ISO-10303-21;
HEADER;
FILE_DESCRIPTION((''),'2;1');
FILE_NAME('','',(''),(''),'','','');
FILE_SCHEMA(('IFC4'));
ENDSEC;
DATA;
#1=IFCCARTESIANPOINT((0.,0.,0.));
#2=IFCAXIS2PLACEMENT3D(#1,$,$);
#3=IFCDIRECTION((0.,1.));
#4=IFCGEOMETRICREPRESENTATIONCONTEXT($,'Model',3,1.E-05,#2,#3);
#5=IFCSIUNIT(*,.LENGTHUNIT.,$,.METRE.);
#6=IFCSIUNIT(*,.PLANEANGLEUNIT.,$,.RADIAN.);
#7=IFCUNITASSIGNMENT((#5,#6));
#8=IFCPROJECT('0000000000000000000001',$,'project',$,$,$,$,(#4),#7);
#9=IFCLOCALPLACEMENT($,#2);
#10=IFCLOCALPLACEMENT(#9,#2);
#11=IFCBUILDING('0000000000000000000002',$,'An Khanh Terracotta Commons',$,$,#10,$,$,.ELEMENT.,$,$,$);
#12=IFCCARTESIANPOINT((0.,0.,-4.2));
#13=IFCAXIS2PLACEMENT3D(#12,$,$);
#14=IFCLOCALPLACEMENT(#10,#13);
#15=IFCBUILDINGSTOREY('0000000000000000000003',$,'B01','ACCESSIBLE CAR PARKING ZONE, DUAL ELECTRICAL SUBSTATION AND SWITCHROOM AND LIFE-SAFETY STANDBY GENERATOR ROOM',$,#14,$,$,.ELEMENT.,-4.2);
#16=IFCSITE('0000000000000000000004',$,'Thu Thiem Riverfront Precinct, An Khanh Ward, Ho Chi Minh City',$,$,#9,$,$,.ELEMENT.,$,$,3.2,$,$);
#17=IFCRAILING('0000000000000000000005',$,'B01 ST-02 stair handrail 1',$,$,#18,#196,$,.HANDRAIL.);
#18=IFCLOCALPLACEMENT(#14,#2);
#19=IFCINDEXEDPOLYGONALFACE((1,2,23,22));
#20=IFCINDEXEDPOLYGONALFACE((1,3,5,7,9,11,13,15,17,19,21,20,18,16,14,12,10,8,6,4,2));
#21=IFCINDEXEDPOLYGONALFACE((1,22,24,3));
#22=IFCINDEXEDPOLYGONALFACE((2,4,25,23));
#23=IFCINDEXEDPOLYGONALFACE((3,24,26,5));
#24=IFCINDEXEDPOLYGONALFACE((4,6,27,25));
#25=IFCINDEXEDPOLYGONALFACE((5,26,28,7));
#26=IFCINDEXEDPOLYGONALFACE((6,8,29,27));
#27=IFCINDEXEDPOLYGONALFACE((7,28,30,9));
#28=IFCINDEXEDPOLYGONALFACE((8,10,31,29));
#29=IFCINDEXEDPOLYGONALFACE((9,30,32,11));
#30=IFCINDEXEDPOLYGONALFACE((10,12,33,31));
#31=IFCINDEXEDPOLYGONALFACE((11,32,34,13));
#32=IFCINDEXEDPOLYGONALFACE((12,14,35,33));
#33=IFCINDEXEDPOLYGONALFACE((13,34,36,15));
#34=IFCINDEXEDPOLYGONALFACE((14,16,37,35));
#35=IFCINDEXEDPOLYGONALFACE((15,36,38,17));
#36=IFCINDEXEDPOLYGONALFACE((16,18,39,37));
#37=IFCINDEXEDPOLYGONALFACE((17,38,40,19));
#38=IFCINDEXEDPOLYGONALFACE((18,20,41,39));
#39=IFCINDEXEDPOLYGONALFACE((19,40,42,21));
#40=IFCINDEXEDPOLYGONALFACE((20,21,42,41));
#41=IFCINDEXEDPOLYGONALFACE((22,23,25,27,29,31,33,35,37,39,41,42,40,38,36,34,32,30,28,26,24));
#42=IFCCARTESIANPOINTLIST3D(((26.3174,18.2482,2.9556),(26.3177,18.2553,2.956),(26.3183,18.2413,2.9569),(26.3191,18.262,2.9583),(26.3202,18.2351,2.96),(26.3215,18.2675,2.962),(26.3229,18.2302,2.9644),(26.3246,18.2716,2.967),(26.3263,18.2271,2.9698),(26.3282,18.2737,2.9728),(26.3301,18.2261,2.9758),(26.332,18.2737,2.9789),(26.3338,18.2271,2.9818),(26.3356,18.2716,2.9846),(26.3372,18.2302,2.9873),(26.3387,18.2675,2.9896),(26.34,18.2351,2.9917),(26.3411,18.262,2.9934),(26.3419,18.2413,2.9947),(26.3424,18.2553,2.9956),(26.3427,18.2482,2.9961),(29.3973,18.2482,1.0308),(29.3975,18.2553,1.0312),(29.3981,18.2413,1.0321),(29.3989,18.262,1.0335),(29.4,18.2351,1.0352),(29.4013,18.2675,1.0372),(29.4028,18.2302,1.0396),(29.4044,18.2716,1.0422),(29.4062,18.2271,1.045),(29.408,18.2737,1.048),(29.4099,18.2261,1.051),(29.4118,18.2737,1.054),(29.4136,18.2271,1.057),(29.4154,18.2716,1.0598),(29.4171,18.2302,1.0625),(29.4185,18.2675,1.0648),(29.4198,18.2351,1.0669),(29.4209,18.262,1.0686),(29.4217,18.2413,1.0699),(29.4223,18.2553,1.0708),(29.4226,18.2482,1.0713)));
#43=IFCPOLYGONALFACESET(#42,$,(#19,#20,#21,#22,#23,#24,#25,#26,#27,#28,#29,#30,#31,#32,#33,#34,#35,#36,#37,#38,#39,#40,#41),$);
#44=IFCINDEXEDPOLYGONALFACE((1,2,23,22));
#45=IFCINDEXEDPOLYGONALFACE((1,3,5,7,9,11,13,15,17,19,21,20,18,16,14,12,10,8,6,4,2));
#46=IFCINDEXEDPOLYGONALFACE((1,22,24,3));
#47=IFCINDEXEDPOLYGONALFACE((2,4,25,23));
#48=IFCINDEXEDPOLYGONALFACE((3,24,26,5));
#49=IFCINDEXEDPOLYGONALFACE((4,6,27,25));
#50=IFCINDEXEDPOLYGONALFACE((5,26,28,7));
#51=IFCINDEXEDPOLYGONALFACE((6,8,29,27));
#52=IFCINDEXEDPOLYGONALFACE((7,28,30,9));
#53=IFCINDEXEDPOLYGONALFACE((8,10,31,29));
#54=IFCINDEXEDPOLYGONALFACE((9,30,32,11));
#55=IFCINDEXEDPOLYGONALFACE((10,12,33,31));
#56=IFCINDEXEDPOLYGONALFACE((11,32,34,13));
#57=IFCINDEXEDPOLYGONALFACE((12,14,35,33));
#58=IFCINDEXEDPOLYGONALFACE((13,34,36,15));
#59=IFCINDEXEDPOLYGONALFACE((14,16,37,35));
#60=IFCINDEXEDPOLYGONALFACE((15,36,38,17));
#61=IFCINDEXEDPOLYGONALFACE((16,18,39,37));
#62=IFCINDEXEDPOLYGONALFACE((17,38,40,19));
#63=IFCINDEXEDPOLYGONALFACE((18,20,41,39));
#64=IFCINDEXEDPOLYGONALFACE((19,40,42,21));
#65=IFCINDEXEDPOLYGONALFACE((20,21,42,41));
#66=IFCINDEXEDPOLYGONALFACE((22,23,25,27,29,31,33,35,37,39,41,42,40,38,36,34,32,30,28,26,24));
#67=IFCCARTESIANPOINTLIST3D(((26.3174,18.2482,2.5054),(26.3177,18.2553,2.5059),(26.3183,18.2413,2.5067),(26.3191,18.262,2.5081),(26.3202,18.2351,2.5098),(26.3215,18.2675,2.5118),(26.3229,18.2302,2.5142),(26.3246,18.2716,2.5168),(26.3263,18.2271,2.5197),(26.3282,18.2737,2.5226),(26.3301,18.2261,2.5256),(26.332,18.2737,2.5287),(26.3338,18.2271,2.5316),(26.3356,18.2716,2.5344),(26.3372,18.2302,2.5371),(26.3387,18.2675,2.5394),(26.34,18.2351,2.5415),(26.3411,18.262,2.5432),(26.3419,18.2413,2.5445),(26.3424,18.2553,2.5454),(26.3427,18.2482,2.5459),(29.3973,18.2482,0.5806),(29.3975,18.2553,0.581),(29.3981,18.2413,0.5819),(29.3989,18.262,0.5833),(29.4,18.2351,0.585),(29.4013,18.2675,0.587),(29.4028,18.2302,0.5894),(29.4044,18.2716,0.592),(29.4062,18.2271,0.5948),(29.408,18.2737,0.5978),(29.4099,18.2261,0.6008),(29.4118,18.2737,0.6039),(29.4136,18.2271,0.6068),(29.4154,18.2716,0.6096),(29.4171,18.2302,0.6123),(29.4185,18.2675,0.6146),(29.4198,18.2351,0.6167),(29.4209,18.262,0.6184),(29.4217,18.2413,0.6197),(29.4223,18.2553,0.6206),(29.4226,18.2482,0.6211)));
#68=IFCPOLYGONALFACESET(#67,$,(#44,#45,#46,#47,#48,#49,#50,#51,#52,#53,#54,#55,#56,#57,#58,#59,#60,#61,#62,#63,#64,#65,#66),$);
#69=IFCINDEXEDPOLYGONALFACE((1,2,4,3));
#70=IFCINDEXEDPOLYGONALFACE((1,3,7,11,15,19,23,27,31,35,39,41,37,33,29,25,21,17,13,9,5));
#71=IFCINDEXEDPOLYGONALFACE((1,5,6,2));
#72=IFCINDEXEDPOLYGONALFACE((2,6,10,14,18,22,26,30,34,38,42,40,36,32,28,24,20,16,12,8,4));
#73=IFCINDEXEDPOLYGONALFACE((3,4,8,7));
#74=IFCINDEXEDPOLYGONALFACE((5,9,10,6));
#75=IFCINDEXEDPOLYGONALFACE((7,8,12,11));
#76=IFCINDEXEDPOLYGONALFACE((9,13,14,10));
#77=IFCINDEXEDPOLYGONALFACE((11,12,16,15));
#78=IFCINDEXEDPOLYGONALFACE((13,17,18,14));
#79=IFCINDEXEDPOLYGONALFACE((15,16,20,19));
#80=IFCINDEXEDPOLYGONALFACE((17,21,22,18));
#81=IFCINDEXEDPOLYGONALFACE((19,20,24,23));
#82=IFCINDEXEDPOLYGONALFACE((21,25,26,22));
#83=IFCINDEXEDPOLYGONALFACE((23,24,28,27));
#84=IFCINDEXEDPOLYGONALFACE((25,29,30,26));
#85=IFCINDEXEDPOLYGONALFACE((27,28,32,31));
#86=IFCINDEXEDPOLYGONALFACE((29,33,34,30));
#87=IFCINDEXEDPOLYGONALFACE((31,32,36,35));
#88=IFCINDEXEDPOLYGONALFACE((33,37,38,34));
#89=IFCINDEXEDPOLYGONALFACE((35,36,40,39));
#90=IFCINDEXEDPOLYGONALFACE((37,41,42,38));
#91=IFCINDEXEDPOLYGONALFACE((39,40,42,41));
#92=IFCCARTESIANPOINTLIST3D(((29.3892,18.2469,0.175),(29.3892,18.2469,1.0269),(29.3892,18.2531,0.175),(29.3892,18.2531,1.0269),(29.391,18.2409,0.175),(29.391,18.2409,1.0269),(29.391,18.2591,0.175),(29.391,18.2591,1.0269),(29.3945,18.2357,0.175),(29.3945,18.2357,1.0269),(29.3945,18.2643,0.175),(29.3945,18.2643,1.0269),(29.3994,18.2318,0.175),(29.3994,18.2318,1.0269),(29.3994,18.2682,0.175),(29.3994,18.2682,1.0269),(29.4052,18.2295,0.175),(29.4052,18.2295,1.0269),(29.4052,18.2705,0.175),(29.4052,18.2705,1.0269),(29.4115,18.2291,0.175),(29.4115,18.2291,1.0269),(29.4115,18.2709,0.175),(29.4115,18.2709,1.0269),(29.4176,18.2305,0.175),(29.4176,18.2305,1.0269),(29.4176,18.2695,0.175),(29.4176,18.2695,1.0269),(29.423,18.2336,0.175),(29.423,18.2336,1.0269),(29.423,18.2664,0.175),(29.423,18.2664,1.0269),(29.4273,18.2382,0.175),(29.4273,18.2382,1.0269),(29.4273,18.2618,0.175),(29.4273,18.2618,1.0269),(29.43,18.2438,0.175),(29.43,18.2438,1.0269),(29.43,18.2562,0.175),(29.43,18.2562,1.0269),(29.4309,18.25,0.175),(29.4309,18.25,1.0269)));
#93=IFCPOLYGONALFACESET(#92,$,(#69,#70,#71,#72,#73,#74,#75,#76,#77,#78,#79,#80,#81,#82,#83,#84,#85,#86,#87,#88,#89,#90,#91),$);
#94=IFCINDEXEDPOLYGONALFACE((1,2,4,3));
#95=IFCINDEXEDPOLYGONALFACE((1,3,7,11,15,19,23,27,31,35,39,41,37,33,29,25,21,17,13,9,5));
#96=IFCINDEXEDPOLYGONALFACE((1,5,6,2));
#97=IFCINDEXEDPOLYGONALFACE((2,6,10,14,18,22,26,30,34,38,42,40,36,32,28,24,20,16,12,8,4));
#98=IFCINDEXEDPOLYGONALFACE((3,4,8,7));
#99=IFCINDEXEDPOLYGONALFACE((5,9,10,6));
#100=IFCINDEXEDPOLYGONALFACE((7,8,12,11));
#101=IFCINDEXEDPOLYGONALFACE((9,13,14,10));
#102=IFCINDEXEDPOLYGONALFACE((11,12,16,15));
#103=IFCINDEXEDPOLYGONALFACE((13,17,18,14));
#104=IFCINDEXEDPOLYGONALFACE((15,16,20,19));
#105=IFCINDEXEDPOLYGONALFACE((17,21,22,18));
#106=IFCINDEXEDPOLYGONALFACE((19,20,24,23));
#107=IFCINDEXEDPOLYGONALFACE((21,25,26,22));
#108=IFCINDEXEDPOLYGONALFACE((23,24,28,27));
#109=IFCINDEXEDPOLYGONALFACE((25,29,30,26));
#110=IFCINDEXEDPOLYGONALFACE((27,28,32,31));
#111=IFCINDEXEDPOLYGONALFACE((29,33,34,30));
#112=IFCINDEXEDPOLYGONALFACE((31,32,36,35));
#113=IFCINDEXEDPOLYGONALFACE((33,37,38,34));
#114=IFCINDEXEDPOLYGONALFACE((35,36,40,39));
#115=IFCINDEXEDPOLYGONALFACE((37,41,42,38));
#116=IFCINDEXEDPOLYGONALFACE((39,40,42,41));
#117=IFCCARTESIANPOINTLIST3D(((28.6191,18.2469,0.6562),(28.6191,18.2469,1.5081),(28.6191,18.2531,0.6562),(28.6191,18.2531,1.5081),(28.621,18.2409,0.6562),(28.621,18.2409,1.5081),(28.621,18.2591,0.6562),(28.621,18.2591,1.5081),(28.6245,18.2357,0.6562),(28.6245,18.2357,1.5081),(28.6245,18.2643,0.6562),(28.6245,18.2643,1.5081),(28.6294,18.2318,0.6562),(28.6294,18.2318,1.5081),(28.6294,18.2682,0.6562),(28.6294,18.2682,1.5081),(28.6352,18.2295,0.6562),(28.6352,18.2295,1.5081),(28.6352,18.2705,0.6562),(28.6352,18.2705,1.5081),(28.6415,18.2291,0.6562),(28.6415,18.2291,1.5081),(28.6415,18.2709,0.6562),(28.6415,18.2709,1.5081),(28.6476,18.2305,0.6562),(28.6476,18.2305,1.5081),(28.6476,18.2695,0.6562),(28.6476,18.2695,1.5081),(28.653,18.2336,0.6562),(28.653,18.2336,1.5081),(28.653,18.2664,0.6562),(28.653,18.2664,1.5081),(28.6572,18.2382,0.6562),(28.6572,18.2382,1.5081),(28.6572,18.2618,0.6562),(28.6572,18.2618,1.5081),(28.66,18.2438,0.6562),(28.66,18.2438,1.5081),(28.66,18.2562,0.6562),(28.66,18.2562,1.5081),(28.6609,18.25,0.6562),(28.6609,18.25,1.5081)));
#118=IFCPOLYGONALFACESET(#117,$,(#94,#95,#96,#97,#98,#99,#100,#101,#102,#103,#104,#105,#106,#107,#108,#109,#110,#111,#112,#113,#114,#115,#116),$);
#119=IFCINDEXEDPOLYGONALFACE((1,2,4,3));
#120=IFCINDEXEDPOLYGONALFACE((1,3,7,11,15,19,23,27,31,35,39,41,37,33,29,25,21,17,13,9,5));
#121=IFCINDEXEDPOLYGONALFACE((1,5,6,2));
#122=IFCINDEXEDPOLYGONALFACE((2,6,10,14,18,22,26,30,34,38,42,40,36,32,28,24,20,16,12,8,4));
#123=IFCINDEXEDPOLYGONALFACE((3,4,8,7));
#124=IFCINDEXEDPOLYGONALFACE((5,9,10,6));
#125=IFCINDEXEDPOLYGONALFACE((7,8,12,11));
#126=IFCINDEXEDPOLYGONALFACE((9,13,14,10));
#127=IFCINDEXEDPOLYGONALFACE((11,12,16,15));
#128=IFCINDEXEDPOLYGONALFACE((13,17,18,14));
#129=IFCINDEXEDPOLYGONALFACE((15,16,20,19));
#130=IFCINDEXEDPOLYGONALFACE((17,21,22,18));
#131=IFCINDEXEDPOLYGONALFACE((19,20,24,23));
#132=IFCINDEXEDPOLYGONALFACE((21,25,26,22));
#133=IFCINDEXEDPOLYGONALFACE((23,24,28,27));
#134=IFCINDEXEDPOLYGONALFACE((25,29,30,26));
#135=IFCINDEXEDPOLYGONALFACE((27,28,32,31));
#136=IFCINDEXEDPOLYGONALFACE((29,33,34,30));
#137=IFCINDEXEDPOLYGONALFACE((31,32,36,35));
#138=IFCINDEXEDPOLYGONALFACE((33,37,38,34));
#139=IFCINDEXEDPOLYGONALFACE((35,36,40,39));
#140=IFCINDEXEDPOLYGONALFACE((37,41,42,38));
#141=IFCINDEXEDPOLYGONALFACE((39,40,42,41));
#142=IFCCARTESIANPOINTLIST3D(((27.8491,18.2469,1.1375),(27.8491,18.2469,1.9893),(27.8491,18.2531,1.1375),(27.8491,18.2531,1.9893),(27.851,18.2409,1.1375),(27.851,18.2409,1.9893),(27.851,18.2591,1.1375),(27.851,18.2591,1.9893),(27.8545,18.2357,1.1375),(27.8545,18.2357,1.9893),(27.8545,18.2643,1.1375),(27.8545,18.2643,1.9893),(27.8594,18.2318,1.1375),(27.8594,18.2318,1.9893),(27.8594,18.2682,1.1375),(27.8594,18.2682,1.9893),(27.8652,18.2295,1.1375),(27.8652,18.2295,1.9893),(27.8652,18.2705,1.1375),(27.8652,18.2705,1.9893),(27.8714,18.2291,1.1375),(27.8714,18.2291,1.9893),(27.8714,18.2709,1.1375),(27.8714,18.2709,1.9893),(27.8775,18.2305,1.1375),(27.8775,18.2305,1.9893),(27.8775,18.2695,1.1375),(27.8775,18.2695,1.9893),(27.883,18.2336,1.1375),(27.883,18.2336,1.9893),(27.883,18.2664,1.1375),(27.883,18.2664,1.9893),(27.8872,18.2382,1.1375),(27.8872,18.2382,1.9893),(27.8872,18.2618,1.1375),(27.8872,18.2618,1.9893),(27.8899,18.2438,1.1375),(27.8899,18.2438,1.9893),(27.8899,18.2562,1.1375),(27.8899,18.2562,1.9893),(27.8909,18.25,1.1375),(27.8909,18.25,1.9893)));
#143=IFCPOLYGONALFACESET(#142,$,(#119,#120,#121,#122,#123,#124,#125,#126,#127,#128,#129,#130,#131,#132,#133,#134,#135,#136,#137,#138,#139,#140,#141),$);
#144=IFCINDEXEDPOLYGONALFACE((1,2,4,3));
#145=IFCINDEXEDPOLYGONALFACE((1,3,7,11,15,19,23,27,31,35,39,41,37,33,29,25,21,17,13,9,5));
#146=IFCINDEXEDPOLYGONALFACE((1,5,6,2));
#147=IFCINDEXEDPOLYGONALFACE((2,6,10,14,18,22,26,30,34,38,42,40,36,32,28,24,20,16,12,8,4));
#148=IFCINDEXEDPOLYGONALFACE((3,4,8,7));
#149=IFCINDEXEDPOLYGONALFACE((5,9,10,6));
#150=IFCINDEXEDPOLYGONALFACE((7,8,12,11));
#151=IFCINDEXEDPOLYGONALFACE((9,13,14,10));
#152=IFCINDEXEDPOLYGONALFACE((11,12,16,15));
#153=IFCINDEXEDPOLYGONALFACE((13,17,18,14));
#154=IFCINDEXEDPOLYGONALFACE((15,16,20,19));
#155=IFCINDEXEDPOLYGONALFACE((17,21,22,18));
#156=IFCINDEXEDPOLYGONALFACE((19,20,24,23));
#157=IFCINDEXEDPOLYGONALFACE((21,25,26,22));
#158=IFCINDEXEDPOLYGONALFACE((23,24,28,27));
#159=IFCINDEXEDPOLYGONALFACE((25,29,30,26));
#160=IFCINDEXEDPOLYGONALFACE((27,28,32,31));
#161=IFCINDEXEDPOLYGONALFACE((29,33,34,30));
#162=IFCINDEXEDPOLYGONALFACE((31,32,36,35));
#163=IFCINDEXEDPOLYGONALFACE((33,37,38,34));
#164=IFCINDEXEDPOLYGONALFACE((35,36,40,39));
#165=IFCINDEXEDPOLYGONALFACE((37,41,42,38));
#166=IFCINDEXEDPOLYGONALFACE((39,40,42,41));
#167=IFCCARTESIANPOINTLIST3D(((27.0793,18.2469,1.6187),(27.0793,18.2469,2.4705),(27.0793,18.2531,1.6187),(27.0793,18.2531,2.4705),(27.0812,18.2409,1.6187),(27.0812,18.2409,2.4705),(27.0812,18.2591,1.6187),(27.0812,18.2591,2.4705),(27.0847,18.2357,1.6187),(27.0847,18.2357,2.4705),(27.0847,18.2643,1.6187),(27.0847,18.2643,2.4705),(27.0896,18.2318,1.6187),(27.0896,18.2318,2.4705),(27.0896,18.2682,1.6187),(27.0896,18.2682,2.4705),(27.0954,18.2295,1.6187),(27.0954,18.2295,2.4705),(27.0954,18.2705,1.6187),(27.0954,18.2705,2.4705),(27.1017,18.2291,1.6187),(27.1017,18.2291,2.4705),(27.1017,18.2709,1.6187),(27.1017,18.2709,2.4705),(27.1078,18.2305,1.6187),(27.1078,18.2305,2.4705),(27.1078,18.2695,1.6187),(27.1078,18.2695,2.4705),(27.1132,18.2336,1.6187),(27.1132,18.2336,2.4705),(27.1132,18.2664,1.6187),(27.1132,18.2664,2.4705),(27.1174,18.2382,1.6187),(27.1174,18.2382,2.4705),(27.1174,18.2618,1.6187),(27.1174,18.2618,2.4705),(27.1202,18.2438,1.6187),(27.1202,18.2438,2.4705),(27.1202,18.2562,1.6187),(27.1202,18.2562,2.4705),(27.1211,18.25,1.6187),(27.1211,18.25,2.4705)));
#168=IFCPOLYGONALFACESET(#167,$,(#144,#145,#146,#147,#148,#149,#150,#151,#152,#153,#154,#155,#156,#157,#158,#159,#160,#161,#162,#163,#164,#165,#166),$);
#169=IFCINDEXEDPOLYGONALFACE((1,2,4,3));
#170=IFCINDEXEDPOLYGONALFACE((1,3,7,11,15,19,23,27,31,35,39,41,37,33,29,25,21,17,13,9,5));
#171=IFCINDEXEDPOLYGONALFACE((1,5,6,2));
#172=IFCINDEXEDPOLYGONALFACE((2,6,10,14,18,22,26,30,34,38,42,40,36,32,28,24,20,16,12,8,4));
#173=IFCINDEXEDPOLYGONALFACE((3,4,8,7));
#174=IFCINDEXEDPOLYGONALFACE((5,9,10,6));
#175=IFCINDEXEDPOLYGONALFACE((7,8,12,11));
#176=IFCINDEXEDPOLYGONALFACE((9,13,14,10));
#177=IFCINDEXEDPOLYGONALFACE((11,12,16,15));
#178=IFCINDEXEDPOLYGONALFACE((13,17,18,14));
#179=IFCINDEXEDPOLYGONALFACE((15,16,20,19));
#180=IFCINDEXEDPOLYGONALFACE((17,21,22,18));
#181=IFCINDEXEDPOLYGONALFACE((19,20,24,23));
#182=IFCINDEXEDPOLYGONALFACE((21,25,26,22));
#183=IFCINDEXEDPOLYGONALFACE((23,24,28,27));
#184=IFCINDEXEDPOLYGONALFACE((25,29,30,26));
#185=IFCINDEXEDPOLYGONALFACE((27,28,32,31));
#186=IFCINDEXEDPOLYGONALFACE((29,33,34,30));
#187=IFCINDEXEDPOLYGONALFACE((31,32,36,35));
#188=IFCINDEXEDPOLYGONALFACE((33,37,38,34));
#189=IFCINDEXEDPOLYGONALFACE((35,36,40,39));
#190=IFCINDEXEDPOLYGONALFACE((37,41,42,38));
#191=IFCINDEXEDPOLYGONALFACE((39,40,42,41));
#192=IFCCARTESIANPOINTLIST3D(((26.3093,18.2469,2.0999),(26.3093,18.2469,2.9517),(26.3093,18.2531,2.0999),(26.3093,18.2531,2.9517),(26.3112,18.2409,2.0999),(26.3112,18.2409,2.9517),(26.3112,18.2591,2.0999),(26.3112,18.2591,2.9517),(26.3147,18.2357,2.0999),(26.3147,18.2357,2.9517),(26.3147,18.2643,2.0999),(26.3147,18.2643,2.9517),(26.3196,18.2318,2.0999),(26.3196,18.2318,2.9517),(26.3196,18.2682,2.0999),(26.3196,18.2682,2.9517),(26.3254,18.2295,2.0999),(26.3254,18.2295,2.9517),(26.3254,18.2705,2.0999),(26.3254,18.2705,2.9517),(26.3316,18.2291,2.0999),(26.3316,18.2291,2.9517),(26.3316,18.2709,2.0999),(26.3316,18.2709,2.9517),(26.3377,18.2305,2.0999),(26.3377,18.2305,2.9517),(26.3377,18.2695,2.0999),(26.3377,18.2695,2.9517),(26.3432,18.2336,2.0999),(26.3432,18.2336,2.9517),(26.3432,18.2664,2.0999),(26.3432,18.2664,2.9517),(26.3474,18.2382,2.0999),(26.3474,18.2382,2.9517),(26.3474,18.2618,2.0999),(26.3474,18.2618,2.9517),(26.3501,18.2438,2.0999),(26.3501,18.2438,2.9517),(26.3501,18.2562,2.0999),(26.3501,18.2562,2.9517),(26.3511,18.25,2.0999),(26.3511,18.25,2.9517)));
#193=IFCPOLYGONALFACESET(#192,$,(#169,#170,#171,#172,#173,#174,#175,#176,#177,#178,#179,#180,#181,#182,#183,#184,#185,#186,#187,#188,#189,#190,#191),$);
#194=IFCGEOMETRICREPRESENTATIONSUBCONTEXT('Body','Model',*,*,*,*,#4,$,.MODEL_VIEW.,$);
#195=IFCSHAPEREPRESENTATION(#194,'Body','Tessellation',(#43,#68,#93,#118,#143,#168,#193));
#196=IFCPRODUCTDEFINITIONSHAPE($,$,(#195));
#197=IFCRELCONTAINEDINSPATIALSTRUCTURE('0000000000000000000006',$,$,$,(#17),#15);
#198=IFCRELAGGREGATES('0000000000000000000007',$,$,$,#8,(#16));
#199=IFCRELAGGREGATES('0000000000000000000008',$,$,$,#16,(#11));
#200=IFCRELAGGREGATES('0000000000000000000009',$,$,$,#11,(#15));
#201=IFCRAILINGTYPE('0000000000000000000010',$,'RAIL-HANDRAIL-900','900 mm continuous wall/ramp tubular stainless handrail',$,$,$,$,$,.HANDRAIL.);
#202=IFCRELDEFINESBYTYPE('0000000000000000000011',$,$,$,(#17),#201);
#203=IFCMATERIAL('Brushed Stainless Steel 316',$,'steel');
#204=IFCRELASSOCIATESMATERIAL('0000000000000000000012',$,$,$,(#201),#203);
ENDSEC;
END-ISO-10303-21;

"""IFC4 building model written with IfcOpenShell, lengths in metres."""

from ifc_helpers import new_model, si_unit, direction, frame, origin, origin_2d, place, context, subcontext, project, spatial, circle, extrude, material, type_object, element, save


model = new_model("IFC4")

# Units and contexts
model_context = context("Model", 3, precision=1e-05, world=origin(), true_north=direction((0.0, 1.0)))
body_context = subcontext(model_context, "Body", "Model", "MODEL_VIEW")
ifc_project = project(units=[si_unit("LENGTHUNIT", "METRE"), si_unit("PLANEANGLEUNIT", "RADIAN")], contexts=[model_context])

# Site, building, storey
site_placement = place(None, origin())
site = spatial("IfcSite", under=ifc_project, at=site_placement, Name="Thu Thiem Riverfront Precinct, An Khanh Ward, Ho Chi Minh City", CompositionType="ELEMENT", RefElevation=3.2)
building_placement = place(site_placement, origin())
building = spatial("IfcBuilding", under=site, at=building_placement, Name="An Khanh Terracotta Commons", CompositionType="ELEMENT")
storey_placement = place(building_placement, frame((0.0, 0.0, -4.2)))
storey = spatial("IfcBuildingStorey", under=building, at=storey_placement, Name="B01", Description="ACCESSIBLE CAR PARKING ZONE, DUAL ELECTRICAL SUBSTATION AND SWITCHROOM AND LIFE-SAFETY STANDBY GENERATOR ROOM", CompositionType="ELEMENT", Elevation=-4.2)

# Railing
ifc_material_1 = material(Name="Brushed Stainless Steel 316", Category="steel")
railing_type_1 = type_object("IfcRailingType", Name="RAIL-HANDRAIL-900", Description="900 mm continuous wall/ramp tubular stainless handrail", PredefinedType="HANDRAIL", material=ifc_material_1)
railing_1_placement = place(storey_placement, frame((29.4099, 18.25, 0.175)))
element("IfcRailing", 1, at=railing_1_placement, inside=storey, type_object=railing_type_1, Name="B01 ST-02 stair handrail 1", PredefinedType="HANDRAIL", context=body_context, shape_type="SweptSolid", body=[
    extrude(circle(Radius=0.0239, at=origin_2d()), frame((0.0, 0.0, 0.876), z_axis=(-0.84801, 0.0, 0.529981), x_axis=(0.0, -1.0, 0.0)), (0.0, 0.0, 1.0), 3.6318),
    extrude(circle(Radius=0.0239, at=origin_2d()), frame((0.0, 0.0, 0.4258), z_axis=(-0.84801, 0.0, 0.529981), x_axis=(0.0, -1.0, 0.0)), (0.0, 0.0, 1.0), 3.6318),
    extrude(circle(Radius=0.021, at=origin_2d()), origin(), (0.0, 0.0, 1.0), 0.8518),
    extrude(circle(Radius=0.021, at=origin_2d()), frame((-0.77, 0.0, 0.4812)), (0.0, 0.0, 1.0), 0.8518),
    extrude(circle(Radius=0.021, at=origin_2d()), frame((-1.54, 0.0, 0.9624)), (0.0, 0.0, 1.0), 0.8518),
    extrude(circle(Radius=0.021, at=origin_2d()), frame((-2.3098, 0.0, 1.4436)), (0.0, 0.0, 1.0), 0.8518),
    extrude(circle(Radius=0.021, at=origin_2d()), frame((-3.0798, 0.0, 1.9248)), (0.0, 0.0, 1.0), 0.8518),
])

save(model, "model.ifc")
